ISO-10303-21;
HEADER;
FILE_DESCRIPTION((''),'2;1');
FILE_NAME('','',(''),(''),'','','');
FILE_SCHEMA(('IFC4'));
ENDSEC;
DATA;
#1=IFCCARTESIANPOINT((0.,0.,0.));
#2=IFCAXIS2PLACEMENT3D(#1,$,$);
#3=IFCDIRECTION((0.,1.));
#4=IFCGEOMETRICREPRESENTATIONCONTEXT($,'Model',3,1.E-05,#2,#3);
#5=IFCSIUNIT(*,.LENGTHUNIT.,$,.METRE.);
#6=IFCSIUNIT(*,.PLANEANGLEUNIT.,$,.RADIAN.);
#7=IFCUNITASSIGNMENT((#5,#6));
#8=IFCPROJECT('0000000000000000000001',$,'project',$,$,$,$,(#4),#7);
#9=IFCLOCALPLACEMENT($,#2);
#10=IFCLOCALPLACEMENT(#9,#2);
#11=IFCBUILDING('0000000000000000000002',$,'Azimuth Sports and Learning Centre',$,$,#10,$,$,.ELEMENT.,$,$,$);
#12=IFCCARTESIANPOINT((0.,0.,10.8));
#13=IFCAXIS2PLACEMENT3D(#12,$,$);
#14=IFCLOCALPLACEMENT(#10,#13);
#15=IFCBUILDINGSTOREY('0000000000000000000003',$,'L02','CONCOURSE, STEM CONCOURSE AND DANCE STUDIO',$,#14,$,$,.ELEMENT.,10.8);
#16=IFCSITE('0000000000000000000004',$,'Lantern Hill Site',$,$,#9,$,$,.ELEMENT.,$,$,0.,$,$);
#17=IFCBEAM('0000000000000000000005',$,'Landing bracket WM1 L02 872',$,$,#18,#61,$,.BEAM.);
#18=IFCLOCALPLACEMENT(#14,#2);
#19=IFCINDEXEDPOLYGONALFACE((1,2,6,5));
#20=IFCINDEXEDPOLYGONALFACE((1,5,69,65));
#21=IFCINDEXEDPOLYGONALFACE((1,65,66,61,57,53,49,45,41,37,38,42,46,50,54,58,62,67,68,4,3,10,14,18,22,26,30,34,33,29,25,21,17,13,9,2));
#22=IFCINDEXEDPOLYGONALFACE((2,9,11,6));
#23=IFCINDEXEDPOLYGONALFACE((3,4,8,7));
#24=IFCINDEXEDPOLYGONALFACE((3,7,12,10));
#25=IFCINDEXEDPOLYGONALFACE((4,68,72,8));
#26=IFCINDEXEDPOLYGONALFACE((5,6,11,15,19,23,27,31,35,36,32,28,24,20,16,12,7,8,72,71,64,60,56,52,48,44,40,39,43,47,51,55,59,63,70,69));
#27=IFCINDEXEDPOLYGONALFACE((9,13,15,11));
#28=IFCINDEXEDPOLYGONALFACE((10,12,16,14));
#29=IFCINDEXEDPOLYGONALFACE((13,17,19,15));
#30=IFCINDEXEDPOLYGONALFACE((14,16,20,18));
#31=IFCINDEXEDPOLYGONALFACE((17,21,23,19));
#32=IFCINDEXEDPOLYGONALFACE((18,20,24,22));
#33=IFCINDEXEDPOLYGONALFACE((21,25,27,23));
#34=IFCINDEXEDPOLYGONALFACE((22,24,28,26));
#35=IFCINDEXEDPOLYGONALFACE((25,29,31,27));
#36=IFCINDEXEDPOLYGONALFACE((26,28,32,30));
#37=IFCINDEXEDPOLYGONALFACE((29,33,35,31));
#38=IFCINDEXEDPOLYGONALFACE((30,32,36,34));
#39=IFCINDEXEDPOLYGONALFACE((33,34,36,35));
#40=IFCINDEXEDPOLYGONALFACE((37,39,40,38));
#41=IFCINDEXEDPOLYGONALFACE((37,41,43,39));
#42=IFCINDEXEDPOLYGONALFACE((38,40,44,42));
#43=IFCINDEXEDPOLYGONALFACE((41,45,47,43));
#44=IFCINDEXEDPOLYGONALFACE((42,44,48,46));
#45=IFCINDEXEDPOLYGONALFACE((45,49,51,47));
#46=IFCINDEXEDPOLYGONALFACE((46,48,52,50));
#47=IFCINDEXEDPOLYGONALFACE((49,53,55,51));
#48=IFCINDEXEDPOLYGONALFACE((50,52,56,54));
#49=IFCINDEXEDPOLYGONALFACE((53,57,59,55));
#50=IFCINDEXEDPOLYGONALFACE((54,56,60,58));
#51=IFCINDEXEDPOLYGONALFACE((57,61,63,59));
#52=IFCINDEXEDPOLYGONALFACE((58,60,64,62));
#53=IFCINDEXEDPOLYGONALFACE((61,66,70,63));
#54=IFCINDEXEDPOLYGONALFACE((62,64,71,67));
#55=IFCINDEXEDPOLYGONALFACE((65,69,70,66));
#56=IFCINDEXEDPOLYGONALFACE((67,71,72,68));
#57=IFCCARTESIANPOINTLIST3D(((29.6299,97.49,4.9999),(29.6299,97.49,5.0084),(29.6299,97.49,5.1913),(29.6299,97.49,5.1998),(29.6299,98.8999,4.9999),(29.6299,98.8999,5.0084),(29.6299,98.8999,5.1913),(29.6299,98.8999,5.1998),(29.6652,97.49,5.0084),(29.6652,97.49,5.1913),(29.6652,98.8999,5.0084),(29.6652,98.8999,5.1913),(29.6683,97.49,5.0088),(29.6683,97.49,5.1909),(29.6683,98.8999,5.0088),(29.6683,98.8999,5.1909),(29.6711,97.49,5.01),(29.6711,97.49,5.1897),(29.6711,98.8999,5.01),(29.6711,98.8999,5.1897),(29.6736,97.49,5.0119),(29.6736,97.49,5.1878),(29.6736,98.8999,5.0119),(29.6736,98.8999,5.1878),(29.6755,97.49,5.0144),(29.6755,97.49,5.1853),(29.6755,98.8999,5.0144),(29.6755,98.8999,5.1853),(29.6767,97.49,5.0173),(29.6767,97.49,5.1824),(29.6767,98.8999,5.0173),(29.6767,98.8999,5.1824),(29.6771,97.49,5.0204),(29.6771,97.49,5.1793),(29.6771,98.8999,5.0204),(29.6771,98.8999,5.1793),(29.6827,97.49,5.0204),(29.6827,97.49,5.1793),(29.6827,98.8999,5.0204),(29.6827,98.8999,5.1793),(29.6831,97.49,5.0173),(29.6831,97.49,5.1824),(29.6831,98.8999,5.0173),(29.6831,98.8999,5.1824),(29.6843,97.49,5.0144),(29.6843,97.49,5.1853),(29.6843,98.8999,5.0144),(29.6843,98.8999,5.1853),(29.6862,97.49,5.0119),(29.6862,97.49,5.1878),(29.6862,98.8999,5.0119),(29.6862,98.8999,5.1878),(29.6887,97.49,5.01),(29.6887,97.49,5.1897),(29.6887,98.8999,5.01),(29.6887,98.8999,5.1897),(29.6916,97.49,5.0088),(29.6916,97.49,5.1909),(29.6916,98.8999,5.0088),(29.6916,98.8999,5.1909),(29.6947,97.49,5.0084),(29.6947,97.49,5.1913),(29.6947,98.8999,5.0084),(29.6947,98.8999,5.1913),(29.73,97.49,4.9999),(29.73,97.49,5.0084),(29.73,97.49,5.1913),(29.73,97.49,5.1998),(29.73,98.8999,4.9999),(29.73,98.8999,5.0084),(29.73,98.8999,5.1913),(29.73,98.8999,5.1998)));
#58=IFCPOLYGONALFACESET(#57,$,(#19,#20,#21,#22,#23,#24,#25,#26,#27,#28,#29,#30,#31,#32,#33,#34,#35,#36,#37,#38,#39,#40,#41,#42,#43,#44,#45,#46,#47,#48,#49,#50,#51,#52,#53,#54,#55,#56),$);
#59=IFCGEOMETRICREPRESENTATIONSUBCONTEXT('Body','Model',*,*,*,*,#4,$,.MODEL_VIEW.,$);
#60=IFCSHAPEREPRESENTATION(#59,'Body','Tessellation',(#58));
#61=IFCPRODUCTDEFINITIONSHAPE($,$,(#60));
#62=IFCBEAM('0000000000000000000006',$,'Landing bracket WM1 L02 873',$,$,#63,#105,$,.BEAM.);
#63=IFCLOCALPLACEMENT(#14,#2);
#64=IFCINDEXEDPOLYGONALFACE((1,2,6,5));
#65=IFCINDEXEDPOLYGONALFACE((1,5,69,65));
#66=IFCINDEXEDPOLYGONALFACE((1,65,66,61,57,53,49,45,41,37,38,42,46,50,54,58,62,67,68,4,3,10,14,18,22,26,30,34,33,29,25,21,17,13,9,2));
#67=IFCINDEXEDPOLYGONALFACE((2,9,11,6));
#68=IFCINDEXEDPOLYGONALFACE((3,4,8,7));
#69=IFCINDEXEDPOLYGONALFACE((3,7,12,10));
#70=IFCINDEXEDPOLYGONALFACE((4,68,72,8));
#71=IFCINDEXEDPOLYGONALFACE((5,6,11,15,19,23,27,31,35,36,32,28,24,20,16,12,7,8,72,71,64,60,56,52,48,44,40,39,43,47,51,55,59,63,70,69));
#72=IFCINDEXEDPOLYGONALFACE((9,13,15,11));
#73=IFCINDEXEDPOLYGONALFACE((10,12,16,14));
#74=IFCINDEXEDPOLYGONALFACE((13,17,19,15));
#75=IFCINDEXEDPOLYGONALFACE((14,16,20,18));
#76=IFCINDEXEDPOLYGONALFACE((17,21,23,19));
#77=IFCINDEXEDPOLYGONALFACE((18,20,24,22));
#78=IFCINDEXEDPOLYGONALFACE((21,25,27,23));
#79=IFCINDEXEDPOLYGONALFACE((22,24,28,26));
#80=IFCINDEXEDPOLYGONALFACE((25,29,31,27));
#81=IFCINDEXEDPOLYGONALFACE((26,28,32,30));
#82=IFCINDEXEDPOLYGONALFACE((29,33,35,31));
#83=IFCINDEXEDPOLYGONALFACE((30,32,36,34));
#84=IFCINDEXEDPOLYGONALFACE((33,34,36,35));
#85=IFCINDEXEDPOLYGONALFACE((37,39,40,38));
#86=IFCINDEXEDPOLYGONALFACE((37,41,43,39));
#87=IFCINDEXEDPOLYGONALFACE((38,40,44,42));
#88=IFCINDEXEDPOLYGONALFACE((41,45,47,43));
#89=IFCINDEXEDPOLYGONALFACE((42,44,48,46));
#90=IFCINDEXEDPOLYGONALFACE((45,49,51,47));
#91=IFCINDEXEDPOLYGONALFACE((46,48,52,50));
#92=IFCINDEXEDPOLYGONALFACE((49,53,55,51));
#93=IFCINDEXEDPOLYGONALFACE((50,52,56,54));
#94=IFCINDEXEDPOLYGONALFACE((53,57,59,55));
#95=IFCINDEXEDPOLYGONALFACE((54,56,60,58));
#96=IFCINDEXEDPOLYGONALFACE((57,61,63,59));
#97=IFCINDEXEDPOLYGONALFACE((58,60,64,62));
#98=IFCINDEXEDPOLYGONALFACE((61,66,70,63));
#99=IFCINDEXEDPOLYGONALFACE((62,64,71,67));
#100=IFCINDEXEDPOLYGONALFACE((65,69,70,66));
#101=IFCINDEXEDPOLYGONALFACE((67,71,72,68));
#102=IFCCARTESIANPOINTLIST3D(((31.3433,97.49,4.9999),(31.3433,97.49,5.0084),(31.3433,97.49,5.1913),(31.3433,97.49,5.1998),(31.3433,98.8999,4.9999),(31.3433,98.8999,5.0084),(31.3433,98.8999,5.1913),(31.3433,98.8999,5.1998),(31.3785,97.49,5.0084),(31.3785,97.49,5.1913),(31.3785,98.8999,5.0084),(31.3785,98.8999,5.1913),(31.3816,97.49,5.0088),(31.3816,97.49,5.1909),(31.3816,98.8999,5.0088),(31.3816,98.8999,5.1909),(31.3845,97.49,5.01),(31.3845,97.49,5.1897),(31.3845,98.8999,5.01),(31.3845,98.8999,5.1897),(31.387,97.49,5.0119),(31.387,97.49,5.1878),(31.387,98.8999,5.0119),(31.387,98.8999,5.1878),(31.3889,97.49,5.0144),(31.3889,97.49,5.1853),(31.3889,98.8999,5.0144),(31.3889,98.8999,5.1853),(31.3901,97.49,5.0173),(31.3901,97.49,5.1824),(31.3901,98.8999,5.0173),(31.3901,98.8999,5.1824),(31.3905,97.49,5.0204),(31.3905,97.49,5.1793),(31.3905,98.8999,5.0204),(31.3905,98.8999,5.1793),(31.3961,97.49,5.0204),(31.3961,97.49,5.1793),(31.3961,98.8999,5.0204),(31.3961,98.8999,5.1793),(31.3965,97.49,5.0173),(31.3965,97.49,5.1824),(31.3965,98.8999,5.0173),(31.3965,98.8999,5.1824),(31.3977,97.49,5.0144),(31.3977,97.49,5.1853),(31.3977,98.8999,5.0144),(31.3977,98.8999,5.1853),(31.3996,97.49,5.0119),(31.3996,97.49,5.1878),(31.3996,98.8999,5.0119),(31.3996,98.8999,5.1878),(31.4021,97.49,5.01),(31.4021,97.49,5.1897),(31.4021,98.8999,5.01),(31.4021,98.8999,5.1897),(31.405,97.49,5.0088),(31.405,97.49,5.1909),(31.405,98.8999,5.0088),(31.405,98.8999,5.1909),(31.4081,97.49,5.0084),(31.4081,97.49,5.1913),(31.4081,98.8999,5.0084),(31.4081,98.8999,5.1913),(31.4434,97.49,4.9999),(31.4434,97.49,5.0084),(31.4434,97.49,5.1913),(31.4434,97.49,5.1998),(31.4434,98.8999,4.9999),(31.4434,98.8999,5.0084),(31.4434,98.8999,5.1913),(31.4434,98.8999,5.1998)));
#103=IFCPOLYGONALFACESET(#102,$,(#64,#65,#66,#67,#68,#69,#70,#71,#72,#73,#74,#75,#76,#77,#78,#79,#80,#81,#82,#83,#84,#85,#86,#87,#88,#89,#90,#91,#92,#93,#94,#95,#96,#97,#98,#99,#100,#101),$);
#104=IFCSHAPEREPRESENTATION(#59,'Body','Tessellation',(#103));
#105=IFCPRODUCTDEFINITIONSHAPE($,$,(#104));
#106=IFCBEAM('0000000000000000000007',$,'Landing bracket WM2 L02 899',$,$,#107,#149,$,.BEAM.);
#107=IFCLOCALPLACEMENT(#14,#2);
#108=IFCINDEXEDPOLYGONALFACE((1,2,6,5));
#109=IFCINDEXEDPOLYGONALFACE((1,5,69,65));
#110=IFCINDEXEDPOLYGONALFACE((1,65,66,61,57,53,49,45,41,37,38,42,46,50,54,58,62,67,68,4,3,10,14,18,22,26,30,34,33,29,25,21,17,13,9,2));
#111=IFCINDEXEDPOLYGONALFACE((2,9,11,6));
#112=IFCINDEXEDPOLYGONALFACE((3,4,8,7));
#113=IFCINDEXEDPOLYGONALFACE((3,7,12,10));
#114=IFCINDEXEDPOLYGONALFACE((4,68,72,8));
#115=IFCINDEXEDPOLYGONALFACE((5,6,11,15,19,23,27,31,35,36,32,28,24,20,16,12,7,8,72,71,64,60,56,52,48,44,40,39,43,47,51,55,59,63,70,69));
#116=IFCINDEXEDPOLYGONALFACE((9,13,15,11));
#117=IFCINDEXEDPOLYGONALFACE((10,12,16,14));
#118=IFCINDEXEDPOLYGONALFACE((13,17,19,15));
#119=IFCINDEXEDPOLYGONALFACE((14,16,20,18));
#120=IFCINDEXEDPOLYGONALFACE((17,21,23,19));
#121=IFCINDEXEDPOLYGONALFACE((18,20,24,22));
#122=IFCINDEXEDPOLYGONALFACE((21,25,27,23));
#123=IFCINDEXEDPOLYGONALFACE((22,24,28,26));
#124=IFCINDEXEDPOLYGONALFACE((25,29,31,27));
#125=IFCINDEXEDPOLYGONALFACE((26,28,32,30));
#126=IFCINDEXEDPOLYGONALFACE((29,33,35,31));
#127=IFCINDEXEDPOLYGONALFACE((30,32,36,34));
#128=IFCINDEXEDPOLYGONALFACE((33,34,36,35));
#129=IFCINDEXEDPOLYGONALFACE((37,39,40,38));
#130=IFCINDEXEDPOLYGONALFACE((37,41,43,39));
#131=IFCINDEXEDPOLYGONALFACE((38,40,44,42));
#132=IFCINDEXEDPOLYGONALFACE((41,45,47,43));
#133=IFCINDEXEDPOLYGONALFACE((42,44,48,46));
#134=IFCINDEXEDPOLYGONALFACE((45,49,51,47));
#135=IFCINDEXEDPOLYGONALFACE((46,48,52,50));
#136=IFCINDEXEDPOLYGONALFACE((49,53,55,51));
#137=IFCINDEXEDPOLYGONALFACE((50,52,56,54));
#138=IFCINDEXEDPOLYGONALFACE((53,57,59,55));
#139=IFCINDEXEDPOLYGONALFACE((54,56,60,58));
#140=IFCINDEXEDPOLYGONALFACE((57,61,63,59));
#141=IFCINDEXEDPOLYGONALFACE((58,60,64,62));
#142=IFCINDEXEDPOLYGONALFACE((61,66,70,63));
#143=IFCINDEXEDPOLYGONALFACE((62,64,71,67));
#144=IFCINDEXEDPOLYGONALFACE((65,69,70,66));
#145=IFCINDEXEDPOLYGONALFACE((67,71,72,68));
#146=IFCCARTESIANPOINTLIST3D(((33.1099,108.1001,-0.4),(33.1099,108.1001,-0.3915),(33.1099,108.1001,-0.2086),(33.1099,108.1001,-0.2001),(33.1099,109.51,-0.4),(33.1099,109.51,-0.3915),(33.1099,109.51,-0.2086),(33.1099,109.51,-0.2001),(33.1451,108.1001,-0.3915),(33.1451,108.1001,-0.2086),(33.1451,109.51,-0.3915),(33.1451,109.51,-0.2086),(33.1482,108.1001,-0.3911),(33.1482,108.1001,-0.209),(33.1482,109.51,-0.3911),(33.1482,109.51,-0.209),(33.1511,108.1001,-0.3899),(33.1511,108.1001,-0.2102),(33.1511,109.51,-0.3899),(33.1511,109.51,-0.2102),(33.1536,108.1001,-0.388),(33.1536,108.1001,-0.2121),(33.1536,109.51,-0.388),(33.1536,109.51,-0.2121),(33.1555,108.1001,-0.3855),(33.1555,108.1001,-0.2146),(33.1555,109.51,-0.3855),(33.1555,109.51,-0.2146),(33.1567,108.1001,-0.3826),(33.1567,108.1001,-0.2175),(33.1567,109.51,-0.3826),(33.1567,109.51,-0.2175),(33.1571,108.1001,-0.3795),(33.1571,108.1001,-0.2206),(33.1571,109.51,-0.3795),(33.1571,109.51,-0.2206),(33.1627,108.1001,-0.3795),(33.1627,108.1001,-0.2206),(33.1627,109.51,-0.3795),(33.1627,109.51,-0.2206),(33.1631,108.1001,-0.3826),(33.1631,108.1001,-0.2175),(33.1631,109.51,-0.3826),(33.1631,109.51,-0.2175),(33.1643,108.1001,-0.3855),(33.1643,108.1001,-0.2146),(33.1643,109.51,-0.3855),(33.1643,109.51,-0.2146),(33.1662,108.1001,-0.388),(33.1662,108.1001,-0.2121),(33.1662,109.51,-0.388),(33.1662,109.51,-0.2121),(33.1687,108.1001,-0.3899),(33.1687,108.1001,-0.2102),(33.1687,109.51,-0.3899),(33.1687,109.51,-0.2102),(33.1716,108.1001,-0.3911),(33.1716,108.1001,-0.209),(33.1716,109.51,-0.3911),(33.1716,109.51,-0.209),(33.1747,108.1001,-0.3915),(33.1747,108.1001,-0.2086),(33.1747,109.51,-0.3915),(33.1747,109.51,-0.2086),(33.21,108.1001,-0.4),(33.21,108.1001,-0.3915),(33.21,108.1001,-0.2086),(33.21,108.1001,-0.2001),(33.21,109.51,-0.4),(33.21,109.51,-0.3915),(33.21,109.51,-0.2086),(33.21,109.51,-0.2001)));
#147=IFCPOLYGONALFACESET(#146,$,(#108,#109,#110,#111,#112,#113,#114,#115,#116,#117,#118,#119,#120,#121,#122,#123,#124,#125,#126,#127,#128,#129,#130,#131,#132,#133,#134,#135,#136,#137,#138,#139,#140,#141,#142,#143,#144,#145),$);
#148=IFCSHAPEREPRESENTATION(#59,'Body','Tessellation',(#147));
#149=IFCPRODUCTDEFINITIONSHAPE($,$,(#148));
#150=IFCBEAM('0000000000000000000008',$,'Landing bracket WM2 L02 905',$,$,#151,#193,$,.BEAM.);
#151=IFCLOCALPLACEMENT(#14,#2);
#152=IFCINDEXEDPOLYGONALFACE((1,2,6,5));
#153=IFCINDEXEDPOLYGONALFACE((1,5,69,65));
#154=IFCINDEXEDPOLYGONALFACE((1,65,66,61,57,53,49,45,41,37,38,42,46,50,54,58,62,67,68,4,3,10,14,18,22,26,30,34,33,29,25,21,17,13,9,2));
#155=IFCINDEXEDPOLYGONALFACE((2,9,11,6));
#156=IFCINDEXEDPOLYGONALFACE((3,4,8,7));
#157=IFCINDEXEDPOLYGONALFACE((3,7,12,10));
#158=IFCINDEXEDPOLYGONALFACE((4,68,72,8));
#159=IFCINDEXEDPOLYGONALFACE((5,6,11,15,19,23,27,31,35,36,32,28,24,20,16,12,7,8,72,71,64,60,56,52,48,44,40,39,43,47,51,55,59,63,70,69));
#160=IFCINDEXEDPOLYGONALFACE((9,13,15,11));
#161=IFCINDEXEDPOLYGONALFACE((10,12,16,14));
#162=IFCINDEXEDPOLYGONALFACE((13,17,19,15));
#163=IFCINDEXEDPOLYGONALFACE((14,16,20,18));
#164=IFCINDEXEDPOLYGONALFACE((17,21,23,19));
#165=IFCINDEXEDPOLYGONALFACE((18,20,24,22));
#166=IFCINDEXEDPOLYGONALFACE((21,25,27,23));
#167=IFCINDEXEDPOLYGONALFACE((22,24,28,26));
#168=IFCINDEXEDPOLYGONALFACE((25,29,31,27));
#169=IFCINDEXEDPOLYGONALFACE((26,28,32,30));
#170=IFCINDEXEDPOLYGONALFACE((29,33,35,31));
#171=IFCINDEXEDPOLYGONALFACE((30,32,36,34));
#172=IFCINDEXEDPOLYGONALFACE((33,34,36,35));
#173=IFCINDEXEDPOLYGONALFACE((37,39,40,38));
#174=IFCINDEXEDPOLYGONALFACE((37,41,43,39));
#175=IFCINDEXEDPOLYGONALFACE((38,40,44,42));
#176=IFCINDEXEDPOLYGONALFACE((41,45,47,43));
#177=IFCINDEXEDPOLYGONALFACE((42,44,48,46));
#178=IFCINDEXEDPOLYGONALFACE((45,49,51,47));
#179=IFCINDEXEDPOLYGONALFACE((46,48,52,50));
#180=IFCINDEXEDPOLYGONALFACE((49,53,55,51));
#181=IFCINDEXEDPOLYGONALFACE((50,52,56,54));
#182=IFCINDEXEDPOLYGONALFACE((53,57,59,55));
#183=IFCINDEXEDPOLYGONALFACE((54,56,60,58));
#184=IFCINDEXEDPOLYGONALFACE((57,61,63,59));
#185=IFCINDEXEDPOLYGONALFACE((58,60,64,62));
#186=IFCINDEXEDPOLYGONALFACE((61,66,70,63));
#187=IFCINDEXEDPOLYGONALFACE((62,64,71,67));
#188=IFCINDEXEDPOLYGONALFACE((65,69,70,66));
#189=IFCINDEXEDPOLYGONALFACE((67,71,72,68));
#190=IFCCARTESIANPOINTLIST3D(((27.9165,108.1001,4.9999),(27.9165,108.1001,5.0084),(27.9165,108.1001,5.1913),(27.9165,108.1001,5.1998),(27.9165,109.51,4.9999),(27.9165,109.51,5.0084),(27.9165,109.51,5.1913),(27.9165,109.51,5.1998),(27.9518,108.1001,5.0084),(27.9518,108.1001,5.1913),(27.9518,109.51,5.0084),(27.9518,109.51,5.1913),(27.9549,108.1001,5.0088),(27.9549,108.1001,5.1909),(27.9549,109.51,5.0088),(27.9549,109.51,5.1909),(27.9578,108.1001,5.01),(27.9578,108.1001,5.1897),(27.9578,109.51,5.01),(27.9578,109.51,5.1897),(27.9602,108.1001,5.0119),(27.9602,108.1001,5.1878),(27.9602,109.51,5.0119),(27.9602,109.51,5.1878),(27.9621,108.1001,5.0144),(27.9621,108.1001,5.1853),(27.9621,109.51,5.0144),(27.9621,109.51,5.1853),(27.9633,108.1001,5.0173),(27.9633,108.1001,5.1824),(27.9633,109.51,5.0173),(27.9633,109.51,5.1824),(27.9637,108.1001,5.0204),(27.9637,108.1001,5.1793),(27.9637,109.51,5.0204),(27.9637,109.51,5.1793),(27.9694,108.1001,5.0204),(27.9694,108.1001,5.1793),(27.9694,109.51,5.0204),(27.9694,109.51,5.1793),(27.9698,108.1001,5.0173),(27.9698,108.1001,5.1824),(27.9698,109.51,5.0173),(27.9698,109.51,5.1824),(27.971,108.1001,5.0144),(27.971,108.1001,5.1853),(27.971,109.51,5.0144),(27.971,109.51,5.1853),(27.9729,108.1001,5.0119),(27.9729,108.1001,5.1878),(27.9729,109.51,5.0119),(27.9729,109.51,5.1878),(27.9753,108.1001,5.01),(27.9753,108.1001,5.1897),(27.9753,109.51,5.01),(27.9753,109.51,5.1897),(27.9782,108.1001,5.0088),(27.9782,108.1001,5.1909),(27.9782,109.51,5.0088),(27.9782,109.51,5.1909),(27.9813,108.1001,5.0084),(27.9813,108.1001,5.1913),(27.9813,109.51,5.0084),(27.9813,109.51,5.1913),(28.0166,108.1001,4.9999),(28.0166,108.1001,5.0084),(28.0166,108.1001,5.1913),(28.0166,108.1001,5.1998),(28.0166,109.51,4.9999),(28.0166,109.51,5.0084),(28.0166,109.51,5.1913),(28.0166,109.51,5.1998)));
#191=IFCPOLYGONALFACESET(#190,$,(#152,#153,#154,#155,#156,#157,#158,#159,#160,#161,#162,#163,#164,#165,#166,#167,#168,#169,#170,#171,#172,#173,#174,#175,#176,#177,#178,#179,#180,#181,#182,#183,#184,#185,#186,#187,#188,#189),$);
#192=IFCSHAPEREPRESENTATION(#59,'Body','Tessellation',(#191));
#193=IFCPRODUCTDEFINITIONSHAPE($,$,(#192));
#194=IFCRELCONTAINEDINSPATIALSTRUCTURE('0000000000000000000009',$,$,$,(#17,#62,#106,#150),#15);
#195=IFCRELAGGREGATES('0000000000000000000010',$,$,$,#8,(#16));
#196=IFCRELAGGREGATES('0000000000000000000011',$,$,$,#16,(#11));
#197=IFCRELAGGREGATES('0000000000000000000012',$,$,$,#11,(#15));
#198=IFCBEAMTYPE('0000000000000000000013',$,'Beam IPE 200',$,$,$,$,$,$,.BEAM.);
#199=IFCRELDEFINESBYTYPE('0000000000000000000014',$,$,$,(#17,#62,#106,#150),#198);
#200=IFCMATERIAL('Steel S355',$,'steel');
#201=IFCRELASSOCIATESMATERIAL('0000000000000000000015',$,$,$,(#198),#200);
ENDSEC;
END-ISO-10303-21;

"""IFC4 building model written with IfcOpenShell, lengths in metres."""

from ifc_helpers import new_model, si_unit, direction, frame, origin, origin_2d, place, context, subcontext, project, spatial, i_section, extrude, material, material_profile, profile_set, type_object, element, save


model = new_model("IFC4")

# Units and contexts
model_context = context("Model", 3, precision=1e-05, world=origin(), true_north=direction((0.0, 1.0)))
body_context = subcontext(model_context, "Body", "Model", "MODEL_VIEW")
ifc_project = project(units=[si_unit("LENGTHUNIT", "METRE"), si_unit("PLANEANGLEUNIT", "RADIAN")], contexts=[model_context])

# Site, building, storey
site_placement = place(None, origin())
site = spatial("IfcSite", under=ifc_project, at=site_placement, Name="Lantern Hill Site", CompositionType="ELEMENT", RefElevation=0.0)
building_placement = place(site_placement, origin())
building = spatial("IfcBuilding", under=site, at=building_placement, Name="Azimuth Sports and Learning Centre", CompositionType="ELEMENT")
storey_placement = place(building_placement, frame((0.0, 0.0, 10.8)))
storey = spatial("IfcBuildingStorey", under=building, at=storey_placement, Name="L02", Description="CONCOURSE, STEM CONCOURSE AND DANCE STUDIO", CompositionType="ELEMENT", Elevation=10.8)

# Beams
ifc_material_1 = material(Name="Steel S355", Category="steel")
ifc_material_profile_1 = material_profile(ifc_material_1, i_section(OverallWidth=0.1001, OverallDepth=0.2, WebThickness=0.0056, FlangeThickness=0.0085, FilletRadius=0.012, at=origin_2d()), Name="IPE 200")
ifc_profile_set_1 = profile_set([ifc_material_profile_1], Name="Steel S355")
beam_type_1 = type_object("IfcBeamType", Name="Beam IPE 200", PredefinedType="BEAM", material=ifc_profile_set_1)
for number, where, z_axis, x_axis, name in (
    (1, (29.6799, 98.8999, 5.0999), (0.0, -1.0, 0.0), (1.0, 0.0, 0.0), "Landing bracket WM1 L02 872"),
    (2, (31.3933, 98.8999, 5.0999), (0.0, -1.0, 0.0), (1.0, 0.0, 0.0), "Landing bracket WM1 L02 873"),
    (3, (33.1599, 108.1001, -0.3), (0.0, 1.0, 0.0), (-1.0, 0.0, 0.0), "Landing bracket WM2 L02 899"),
    (4, (27.9666, 108.1001, 5.0999), (0.0, 1.0, 0.0), (-1.0, 0.0, 0.0), "Landing bracket WM2 L02 905"),
):
    element("IfcBeam", number, at=place(storey_placement, frame(where, z_axis=z_axis, x_axis=x_axis)), inside=storey, type_object=beam_type_1, Name=name, PredefinedType="BEAM", context=body_context, shape_type="SweptSolid", body=[
        extrude(i_section(OverallWidth=0.1001, OverallDepth=0.2, WebThickness=0.0056, FlangeThickness=0.0085, FilletRadius=0.012, at=origin_2d()), origin(), (0.0, 0.0, 1.0), 1.4099),
    ])

save(model, "model.ifc")
